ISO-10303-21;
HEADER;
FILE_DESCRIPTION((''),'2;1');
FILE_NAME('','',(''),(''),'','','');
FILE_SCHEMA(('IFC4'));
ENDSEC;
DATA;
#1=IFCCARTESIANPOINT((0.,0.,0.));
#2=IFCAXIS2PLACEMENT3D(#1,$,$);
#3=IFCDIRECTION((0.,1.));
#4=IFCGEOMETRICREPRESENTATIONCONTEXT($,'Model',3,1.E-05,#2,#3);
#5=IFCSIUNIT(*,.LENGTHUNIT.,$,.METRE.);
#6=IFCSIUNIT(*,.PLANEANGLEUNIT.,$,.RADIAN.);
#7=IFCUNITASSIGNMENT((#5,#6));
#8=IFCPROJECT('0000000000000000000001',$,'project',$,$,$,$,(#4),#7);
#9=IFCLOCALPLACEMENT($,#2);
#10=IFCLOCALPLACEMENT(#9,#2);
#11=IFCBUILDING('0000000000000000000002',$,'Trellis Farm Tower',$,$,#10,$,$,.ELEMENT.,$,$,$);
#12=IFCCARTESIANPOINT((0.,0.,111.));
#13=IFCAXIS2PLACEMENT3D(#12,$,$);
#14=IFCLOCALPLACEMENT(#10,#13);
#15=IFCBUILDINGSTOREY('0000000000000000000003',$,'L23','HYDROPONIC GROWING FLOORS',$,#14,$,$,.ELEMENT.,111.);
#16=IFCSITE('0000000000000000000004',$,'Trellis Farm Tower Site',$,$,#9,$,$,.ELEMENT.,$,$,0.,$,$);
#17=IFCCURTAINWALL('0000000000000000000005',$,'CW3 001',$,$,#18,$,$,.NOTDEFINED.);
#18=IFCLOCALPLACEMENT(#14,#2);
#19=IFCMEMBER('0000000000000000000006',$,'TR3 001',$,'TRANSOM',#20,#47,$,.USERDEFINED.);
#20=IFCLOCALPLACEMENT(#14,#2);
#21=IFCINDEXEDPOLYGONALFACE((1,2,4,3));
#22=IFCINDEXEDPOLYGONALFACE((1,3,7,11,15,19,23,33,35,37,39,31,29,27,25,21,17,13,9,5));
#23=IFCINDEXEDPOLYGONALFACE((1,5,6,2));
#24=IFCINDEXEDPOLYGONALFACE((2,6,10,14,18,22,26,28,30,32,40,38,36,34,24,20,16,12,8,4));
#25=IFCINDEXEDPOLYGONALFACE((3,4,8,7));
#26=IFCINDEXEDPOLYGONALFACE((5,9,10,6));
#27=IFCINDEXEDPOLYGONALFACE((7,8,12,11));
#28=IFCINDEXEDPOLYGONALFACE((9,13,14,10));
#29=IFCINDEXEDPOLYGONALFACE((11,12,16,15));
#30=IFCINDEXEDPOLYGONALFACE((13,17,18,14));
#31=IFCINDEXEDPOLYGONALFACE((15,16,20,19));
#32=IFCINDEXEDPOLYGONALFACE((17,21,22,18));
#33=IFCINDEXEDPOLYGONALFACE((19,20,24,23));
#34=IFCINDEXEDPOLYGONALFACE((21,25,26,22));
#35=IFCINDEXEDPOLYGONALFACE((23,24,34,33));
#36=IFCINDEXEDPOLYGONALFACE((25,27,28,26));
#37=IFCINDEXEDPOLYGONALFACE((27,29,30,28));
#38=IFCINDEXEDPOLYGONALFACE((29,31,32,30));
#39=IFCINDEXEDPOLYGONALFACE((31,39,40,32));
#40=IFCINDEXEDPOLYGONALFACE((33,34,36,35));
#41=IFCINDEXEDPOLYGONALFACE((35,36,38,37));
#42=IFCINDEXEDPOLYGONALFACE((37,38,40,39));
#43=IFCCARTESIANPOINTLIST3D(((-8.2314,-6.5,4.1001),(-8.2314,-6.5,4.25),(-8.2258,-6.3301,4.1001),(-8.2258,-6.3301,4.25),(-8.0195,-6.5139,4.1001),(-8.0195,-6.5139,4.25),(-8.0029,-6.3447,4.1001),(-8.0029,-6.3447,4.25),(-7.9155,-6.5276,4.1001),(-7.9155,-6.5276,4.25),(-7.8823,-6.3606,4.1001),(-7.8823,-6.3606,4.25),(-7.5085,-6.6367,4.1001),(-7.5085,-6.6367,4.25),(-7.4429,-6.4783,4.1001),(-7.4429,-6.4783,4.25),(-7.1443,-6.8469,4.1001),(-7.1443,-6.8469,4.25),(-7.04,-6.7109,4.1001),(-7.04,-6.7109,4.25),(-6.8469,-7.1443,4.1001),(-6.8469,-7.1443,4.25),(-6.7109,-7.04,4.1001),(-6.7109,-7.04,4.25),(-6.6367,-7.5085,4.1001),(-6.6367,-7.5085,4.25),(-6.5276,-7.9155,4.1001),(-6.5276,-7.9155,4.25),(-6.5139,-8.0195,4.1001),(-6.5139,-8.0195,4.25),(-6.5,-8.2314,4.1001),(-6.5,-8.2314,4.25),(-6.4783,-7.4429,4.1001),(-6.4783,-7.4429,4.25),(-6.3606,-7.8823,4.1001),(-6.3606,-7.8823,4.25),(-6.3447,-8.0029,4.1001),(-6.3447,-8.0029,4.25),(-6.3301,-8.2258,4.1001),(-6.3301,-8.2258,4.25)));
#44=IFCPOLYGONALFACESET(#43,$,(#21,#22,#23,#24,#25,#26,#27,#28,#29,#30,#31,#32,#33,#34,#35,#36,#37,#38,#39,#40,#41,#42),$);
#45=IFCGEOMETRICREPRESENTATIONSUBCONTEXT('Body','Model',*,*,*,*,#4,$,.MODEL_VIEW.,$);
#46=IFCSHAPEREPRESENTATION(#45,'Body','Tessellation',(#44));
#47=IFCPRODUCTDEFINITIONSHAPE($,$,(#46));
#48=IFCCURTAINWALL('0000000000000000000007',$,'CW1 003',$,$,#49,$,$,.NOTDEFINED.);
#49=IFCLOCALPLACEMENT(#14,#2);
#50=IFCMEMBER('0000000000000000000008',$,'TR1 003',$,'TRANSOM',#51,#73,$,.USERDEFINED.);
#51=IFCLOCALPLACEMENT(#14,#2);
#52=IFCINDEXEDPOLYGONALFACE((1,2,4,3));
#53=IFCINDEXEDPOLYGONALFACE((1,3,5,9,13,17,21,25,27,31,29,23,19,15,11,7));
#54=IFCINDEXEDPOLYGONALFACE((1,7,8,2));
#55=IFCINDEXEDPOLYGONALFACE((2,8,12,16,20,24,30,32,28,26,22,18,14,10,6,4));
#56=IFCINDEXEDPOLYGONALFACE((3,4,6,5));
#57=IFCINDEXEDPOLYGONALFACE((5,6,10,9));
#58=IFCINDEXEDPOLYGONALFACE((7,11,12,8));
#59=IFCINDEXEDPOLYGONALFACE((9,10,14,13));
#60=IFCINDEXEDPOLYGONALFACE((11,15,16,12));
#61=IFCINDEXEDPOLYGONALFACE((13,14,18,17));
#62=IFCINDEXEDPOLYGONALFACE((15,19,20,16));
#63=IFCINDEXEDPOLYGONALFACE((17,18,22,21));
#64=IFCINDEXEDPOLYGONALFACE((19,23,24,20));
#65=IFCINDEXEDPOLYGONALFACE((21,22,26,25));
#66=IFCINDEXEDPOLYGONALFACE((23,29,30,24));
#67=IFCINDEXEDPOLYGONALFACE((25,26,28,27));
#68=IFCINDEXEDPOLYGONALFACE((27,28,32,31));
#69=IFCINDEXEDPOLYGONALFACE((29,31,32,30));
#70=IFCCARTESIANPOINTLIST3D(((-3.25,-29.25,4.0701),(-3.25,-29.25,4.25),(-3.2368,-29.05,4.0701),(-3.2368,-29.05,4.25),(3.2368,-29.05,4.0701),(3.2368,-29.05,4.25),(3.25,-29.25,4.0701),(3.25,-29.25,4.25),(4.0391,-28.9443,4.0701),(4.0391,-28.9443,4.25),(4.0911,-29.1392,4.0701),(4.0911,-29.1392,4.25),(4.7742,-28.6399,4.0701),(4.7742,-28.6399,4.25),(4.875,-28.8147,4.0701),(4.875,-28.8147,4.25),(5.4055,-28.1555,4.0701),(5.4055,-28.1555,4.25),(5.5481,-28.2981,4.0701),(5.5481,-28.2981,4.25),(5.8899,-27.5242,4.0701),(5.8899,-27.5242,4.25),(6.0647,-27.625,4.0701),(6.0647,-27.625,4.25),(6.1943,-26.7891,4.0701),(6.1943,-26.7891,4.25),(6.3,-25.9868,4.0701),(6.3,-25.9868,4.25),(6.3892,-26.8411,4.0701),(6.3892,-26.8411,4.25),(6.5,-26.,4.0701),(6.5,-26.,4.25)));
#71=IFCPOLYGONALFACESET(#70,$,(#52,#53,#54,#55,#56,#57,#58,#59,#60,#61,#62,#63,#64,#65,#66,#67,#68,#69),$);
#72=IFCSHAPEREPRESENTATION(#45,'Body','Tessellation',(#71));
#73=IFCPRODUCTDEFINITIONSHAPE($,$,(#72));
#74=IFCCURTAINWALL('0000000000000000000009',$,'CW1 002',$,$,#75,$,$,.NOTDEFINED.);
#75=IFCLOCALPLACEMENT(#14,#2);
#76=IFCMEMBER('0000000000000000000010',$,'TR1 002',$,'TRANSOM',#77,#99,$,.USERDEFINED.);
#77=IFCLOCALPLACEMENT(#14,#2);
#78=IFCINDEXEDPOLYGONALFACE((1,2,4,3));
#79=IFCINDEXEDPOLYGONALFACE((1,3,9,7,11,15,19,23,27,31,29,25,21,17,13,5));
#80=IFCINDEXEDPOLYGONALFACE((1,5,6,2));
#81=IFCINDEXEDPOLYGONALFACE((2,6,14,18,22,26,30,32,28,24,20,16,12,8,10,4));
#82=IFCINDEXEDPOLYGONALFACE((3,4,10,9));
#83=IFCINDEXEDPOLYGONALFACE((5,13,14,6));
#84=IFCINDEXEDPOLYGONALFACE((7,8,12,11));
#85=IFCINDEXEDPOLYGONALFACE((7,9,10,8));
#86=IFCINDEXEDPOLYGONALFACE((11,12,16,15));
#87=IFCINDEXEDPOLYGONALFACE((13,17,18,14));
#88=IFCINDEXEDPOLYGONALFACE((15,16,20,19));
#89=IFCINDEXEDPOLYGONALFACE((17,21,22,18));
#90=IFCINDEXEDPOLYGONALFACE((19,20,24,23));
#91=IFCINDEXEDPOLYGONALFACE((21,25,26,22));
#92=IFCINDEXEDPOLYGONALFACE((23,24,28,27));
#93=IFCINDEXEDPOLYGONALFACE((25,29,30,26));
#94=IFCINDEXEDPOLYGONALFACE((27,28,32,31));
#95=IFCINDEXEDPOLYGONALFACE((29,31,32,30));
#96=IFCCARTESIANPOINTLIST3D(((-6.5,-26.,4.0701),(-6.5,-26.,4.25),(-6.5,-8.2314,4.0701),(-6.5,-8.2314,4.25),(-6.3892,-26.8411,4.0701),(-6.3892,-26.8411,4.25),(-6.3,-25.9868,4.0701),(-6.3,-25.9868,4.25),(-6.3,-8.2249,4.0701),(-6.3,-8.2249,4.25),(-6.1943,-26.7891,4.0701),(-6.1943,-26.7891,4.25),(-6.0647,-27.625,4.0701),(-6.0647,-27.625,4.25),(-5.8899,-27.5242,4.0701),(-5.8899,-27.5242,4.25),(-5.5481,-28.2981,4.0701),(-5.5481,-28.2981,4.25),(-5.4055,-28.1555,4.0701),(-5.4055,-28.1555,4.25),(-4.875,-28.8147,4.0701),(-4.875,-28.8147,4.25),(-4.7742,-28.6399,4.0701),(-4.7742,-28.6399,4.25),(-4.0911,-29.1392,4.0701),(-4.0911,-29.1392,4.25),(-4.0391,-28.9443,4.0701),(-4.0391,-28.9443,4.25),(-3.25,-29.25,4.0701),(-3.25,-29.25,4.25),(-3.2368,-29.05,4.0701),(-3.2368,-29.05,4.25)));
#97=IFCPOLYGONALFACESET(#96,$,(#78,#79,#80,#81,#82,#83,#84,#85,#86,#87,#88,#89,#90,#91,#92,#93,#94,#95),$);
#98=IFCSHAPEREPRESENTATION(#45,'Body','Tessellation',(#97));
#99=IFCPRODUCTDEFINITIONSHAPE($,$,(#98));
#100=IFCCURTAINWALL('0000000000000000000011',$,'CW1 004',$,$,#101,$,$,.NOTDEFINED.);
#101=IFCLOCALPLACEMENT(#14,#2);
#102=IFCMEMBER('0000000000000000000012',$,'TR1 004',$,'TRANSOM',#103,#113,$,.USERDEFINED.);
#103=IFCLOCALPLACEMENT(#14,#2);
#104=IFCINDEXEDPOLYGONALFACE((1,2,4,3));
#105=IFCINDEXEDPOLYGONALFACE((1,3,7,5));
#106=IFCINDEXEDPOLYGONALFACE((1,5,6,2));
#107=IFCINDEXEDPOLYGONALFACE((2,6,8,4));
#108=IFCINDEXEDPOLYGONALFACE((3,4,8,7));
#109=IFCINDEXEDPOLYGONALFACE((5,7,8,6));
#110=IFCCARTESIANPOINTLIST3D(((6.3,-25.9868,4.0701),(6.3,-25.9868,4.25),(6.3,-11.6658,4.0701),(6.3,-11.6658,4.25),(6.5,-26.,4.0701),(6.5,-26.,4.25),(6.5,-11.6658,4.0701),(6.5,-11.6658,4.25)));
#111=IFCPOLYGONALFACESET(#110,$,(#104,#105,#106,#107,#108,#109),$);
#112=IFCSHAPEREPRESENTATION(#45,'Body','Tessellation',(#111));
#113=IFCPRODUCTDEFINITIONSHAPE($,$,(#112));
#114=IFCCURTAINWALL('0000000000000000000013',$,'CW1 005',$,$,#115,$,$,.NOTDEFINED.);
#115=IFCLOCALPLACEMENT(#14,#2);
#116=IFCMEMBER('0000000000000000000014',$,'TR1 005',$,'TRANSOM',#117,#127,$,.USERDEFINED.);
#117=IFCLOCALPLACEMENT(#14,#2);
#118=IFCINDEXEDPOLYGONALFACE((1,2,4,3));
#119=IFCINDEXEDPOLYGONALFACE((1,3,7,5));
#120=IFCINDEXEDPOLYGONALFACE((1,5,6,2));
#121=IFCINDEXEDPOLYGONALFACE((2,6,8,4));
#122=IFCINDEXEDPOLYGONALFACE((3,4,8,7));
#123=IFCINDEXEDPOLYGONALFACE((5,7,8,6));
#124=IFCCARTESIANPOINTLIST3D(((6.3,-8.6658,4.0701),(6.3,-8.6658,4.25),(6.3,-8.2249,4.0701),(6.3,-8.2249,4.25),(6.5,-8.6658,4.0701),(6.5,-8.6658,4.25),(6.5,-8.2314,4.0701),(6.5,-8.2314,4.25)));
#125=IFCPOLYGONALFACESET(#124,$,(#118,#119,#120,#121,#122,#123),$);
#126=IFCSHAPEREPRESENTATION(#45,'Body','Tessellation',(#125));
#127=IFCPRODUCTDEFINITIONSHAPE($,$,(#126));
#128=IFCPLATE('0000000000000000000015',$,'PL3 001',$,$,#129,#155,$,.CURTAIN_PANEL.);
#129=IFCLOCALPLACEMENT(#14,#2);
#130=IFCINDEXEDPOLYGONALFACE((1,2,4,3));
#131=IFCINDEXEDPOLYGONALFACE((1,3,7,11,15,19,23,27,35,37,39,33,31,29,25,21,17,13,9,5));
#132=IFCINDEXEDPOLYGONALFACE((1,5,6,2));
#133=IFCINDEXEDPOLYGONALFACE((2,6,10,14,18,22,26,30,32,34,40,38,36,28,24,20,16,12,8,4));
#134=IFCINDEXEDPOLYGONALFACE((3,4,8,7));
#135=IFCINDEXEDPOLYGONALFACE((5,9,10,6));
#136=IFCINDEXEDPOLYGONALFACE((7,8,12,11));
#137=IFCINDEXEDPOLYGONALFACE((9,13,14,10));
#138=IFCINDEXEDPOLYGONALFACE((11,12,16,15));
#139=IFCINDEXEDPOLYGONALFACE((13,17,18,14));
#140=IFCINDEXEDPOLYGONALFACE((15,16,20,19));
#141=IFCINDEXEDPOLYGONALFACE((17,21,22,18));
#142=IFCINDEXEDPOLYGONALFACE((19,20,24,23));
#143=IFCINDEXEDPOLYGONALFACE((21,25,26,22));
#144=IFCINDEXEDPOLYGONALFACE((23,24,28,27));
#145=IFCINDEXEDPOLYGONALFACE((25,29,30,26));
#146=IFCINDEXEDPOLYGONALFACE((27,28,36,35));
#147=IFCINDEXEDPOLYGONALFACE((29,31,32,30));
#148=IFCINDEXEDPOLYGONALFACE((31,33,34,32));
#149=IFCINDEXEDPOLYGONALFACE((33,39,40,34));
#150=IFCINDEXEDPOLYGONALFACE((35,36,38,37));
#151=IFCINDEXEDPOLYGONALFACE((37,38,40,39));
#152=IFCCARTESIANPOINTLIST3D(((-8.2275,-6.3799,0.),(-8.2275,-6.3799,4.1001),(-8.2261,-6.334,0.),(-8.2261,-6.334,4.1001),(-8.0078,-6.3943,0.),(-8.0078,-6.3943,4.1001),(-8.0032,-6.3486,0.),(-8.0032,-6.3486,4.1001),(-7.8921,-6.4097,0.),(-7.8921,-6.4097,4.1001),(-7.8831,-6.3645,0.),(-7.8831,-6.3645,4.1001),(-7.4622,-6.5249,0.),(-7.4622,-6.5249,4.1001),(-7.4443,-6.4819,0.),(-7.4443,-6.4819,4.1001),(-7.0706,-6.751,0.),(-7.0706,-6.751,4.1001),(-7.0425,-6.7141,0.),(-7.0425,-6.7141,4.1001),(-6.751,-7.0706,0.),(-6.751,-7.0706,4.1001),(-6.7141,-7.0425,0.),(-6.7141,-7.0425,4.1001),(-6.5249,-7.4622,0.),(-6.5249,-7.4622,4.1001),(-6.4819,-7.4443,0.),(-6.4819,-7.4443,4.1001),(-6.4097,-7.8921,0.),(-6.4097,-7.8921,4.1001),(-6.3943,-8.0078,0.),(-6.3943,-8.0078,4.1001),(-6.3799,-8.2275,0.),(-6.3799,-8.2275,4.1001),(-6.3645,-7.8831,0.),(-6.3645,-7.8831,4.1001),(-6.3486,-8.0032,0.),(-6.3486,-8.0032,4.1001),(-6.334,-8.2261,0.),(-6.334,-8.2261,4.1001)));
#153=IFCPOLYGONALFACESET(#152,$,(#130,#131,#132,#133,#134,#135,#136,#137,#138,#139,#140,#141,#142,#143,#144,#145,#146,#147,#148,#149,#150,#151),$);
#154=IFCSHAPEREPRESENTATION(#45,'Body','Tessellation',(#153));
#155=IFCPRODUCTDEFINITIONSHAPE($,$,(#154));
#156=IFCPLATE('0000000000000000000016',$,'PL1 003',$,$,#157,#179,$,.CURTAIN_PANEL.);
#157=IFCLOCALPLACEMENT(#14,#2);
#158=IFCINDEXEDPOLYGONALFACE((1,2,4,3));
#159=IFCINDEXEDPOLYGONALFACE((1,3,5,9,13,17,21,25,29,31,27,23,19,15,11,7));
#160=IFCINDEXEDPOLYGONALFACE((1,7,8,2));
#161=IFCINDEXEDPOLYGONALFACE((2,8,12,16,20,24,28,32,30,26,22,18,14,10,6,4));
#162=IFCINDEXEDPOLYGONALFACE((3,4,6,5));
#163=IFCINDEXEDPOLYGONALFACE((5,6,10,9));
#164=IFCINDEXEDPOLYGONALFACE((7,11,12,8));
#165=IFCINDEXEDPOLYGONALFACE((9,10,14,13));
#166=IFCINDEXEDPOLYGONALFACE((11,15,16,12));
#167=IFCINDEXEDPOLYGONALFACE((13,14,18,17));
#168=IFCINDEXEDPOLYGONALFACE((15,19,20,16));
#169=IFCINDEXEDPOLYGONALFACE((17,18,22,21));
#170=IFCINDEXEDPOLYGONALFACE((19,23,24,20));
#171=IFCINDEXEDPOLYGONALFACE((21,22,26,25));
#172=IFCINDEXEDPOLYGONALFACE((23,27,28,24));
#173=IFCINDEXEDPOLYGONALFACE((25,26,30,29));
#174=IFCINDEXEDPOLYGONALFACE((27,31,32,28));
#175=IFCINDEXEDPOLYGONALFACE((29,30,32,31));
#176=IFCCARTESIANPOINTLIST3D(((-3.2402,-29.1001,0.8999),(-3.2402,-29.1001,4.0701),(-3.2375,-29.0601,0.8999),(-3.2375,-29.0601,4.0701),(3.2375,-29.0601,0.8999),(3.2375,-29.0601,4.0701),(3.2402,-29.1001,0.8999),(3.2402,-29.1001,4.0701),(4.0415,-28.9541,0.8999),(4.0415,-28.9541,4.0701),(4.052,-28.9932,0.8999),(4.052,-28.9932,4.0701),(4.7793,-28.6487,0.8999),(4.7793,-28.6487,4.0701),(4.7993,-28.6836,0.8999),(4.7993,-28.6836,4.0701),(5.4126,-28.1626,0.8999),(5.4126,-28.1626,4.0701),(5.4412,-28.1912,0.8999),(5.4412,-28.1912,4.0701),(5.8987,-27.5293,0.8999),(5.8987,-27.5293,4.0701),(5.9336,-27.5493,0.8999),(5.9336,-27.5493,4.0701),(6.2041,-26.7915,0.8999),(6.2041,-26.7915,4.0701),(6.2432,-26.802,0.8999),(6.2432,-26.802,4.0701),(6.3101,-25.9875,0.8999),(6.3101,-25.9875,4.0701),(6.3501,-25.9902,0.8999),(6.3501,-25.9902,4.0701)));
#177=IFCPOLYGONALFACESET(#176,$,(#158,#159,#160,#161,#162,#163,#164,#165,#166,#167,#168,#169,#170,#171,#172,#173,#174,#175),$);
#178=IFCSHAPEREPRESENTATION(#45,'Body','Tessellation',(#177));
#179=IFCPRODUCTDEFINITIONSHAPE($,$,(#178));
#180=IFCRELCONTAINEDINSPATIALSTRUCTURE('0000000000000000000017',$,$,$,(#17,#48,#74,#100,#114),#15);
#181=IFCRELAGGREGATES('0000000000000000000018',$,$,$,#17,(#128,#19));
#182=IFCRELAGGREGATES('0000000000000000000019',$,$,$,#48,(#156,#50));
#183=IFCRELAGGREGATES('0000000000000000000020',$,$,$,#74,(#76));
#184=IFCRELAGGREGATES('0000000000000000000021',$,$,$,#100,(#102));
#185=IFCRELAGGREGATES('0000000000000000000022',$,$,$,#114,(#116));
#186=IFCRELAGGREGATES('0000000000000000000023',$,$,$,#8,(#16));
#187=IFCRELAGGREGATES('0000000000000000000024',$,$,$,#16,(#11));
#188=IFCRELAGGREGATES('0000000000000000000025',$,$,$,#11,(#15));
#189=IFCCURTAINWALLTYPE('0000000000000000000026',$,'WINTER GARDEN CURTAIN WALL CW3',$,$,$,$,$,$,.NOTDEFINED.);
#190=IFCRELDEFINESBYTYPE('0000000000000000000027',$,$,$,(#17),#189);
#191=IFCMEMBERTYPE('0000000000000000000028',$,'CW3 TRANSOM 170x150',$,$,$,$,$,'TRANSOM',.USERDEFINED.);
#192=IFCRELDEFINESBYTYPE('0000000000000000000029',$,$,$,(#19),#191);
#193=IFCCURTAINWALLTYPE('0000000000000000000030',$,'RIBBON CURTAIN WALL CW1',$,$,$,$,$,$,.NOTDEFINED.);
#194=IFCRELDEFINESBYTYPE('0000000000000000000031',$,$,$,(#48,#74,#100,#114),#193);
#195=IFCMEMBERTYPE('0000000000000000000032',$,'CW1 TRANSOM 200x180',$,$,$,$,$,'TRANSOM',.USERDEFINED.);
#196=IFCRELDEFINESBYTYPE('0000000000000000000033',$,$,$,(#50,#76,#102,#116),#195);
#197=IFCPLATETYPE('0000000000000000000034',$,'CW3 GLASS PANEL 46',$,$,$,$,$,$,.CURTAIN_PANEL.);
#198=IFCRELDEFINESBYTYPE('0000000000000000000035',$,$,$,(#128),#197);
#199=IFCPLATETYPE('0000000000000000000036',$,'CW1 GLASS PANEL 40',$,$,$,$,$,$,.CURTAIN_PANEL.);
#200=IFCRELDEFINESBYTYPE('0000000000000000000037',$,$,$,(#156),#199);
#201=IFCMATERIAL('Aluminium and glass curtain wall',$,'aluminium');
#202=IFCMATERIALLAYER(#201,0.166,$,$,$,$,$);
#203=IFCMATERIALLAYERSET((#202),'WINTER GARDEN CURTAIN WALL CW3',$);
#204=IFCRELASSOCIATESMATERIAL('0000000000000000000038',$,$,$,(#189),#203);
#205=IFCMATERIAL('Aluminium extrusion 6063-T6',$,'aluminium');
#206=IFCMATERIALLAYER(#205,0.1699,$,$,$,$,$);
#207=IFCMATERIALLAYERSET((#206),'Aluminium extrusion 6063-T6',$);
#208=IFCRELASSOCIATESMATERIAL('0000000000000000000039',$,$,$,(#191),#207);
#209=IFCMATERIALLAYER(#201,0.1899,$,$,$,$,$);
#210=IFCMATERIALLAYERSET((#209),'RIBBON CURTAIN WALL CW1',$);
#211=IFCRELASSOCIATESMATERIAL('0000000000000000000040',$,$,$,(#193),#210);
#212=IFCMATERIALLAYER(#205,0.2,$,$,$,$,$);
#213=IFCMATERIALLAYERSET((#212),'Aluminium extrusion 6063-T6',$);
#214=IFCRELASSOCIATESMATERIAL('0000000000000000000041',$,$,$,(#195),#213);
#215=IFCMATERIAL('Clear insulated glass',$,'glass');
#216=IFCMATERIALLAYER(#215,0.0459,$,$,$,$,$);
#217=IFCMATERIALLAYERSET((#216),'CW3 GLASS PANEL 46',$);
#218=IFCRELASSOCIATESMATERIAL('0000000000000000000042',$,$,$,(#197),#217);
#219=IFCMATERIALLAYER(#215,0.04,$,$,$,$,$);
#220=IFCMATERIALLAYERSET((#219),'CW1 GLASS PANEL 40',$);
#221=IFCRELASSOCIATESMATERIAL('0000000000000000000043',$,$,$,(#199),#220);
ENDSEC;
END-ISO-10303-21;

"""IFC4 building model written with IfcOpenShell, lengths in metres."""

from ifc_helpers import new_model, si_unit, direction, frame, origin, place, context, subcontext, project, spatial, polyline, outline, extrude, source, transform, mapped, material, layer, layer_set, type_object, element, aggregate, save


model = new_model("IFC4")

# Units and contexts
model_context = context("Model", 3, precision=1e-05, world=origin(), true_north=direction((0.0, 1.0)))
body_context = subcontext(model_context, "Body", "Model", "MODEL_VIEW")
ifc_project = project(units=[si_unit("LENGTHUNIT", "METRE"), si_unit("PLANEANGLEUNIT", "RADIAN")], contexts=[model_context])

# Site, building, storey
site_placement = place(None, origin())
site = spatial("IfcSite", under=ifc_project, at=site_placement, Name="Trellis Farm Tower Site", CompositionType="ELEMENT", RefElevation=0.0)
building_placement = place(site_placement, origin())
building = spatial("IfcBuilding", under=site, at=building_placement, Name="Trellis Farm Tower", CompositionType="ELEMENT")
storey_placement = place(building_placement, frame((0.0, 0.0, 111.0)))
storey = spatial("IfcBuildingStorey", under=building, at=storey_placement, Name="L23", Description="HYDROPONIC GROWING FLOORS", CompositionType="ELEMENT", Elevation=111.0)

# Curtain walls, members
ifc_material_1 = material(Name="Aluminium and glass curtain wall", Category="aluminium")
ifc_layer_1 = layer(ifc_material_1, 0.166)
ifc_layer_set_1 = layer_set([ifc_layer_1], Name="WINTER GARDEN CURTAIN WALL CW3")
curtain_wall_type_1 = type_object("IfcCurtainWallType", Name="WINTER GARDEN CURTAIN WALL CW3", PredefinedType="NOTDEFINED", material=ifc_layer_set_1)
placement_1 = place(storey_placement, origin())
curtain_wall_1 = element("IfcCurtainWall", 1, at=placement_1, inside=storey, type_object=curtain_wall_type_1, Name="CW3 001", PredefinedType="NOTDEFINED")
ifc_material_2 = material(Name="Aluminium extrusion 6063-T6", Category="aluminium")
ifc_layer_2 = layer(ifc_material_2, 0.1699)
ifc_layer_set_2 = layer_set([ifc_layer_2], Name="Aluminium extrusion 6063-T6")
member_type_1 = type_object("IfcMemberType", Name="CW3 TRANSOM 170x150", ElementType="TRANSOM", PredefinedType="USERDEFINED", material=ifc_layer_set_2)
shared_shape_1 = source(origin(), body_context, "Body", "SweptSolid", [
    extrude(outline(polyline([(-8.2314, -6.5), (-8.0195, -6.5139), (-7.9155, -6.5276), (-7.5085, -6.6367), (-7.1443, -6.8469), (-6.8469, -7.1443), (-6.6367, -7.5085), (-6.5276, -7.9155), (-6.5139, -8.0195), (-6.5, -8.2314), (-6.3301, -8.2258), (-6.3447, -8.0029), (-6.3606, -7.8823), (-6.4783, -7.4429), (-6.7109, -7.04), (-7.04, -6.7109), (-7.4429, -6.4783), (-7.8823, -6.3606), (-8.0029, -6.3447), (-8.2258, -6.3301), (-8.2314, -6.5)])), origin(), (0.0, 0.0, 1.0), 0.1499),
])
member_1_placement = place(storey_placement, frame((0.0, 0.0, 4.1001)))
member_1 = element("IfcMember", 2, at=member_1_placement, type_object=member_type_1, Name="TR3 001", ObjectType="TRANSOM", PredefinedType="USERDEFINED", context=body_context, shape_type="MappedRepresentation", body=[
    mapped(shared_shape_1, transform((0.0, 0.0, 0.0))),
])
ifc_layer_3 = layer(ifc_material_1, 0.1899)
ifc_layer_set_3 = layer_set([ifc_layer_3], Name="RIBBON CURTAIN WALL CW1")
curtain_wall_type_2 = type_object("IfcCurtainWallType", Name="RIBBON CURTAIN WALL CW1", PredefinedType="NOTDEFINED", material=ifc_layer_set_3)
curtain_wall_2 = element("IfcCurtainWall", 3, at=placement_1, inside=storey, type_object=curtain_wall_type_2, Name="CW1 003", PredefinedType="NOTDEFINED")
ifc_layer_4 = layer(ifc_material_2, 0.2)
ifc_layer_set_4 = layer_set([ifc_layer_4], Name="Aluminium extrusion 6063-T6")
member_type_2 = type_object("IfcMemberType", Name="CW1 TRANSOM 200x180", ElementType="TRANSOM", PredefinedType="USERDEFINED", material=ifc_layer_set_4)
shared_shape_2 = source(origin(), body_context, "Body", "SweptSolid", [
    extrude(outline(polyline([(-3.25, -29.25), (3.25, -29.25), (4.0911, -29.1392), (4.875, -28.8147), (5.5481, -28.2981), (6.0647, -27.625), (6.3892, -26.8411), (6.5, -26.0), (6.3, -25.9868), (6.1943, -26.7891), (5.8899, -27.5242), (5.4055, -28.1555), (4.7742, -28.6399), (4.0391, -28.9443), (3.2368, -29.05), (-3.2368, -29.05), (-3.25, -29.25)])), origin(), (0.0, 0.0, 1.0), 0.1799),
])
placement_2 = place(storey_placement, frame((0.0, 0.0, 4.0701)))
member_2 = element("IfcMember", 4, at=placement_2, type_object=member_type_2, Name="TR1 003", ObjectType="TRANSOM", PredefinedType="USERDEFINED", context=body_context, shape_type="MappedRepresentation", body=[
    mapped(shared_shape_2, transform((0.0, 0.0, 0.0))),
])
curtain_wall_3 = element("IfcCurtainWall", 5, at=placement_1, inside=storey, type_object=curtain_wall_type_2, Name="CW1 002", PredefinedType="NOTDEFINED")
shared_shape_3 = source(origin(), body_context, "Body", "SweptSolid", [
    extrude(outline(polyline([(-6.5, -8.2314), (-6.5, -26.0), (-6.3892, -26.8411), (-6.0647, -27.625), (-5.5481, -28.2981), (-4.875, -28.8147), (-4.0911, -29.1392), (-3.25, -29.25), (-3.2368, -29.05), (-4.0391, -28.9443), (-4.7742, -28.6399), (-5.4055, -28.1555), (-5.8899, -27.5242), (-6.1943, -26.7891), (-6.3, -25.9868), (-6.3, -8.2249), (-6.5, -8.2314)])), origin(), (0.0, 0.0, 1.0), 0.1799),
])
member_3 = element("IfcMember", 6, at=placement_2, type_object=member_type_2, Name="TR1 002", ObjectType="TRANSOM", PredefinedType="USERDEFINED", context=body_context, shape_type="MappedRepresentation", body=[
    mapped(shared_shape_3, transform((0.0, 0.0, 0.0))),
])
curtain_wall_4 = element("IfcCurtainWall", 7, at=placement_1, inside=storey, type_object=curtain_wall_type_2, Name="CW1 004", PredefinedType="NOTDEFINED")
shared_shape_4 = source(origin(), body_context, "Body", "SweptSolid", [
    extrude(outline(polyline([(6.5, -26.0), (6.5, -11.6658), (6.3, -11.6658), (6.3, -25.9868), (6.5, -26.0)])), origin(), (0.0, 0.0, 1.0), 0.1799),
])
member_4 = element("IfcMember", 8, at=placement_2, type_object=member_type_2, Name="TR1 004", ObjectType="TRANSOM", PredefinedType="USERDEFINED", context=body_context, shape_type="MappedRepresentation", body=[
    mapped(shared_shape_4, transform((0.0, 0.0, 0.0))),
])
curtain_wall_5 = element("IfcCurtainWall", 9, at=placement_1, inside=storey, type_object=curtain_wall_type_2, Name="CW1 005", PredefinedType="NOTDEFINED")
shared_shape_5 = source(origin(), body_context, "Body", "SweptSolid", [
    extrude(outline(polyline([(6.5, -8.6658), (6.5, -8.2314), (6.3, -8.2249), (6.3, -8.6658), (6.5, -8.6658)])), origin(), (0.0, 0.0, 1.0), 0.1799),
])
member_5 = element("IfcMember", 10, at=placement_2, type_object=member_type_2, Name="TR1 005", ObjectType="TRANSOM", PredefinedType="USERDEFINED", context=body_context, shape_type="MappedRepresentation", body=[
    mapped(shared_shape_5, transform((0.0, 0.0, 0.0))),
])

# Plates
ifc_material_3 = material(Name="Clear insulated glass", Category="glass")
ifc_layer_5 = layer(ifc_material_3, 0.0459)
ifc_layer_set_5 = layer_set([ifc_layer_5], Name="CW3 GLASS PANEL 46")
plate_type_1 = type_object("IfcPlateType", Name="CW3 GLASS PANEL 46", PredefinedType="CURTAIN_PANEL", material=ifc_layer_set_5)
shared_shape_6 = source(origin(), body_context, "Body", "SweptSolid", [
    extrude(outline(polyline([(-8.2275, -6.3799), (-8.0078, -6.3943), (-7.8921, -6.4097), (-7.4622, -6.5249), (-7.0706, -6.751), (-6.751, -7.0706), (-6.5249, -7.4622), (-6.4097, -7.8921), (-6.3943, -8.0078), (-6.3799, -8.2275), (-6.334, -8.2261), (-6.3486, -8.0032), (-6.3645, -7.8831), (-6.4819, -7.4443), (-6.7141, -7.0425), (-7.0425, -6.7141), (-7.4443, -6.4819), (-7.8831, -6.3645), (-8.0032, -6.3486), (-8.2261, -6.334), (-8.2275, -6.3799)])), origin(), (0.0, 0.0, 1.0), 4.1001),
])
plate_1 = element("IfcPlate", 11, at=placement_1, type_object=plate_type_1, Name="PL3 001", PredefinedType="CURTAIN_PANEL", context=body_context, shape_type="MappedRepresentation", body=[
    mapped(shared_shape_6, transform((0.0, 0.0, 0.0))),
])
aggregate(curtain_wall_1, [plate_1, member_1])
ifc_layer_6 = layer(ifc_material_3, 0.04)
ifc_layer_set_6 = layer_set([ifc_layer_6], Name="CW1 GLASS PANEL 40")
plate_type_2 = type_object("IfcPlateType", Name="CW1 GLASS PANEL 40", PredefinedType="CURTAIN_PANEL", material=ifc_layer_set_6)
shared_shape_7 = source(origin(), body_context, "Body", "SweptSolid", [
    extrude(outline(polyline([(-3.2402, -29.1001), (3.2402, -29.1001), (4.052, -28.9932), (4.7993, -28.6836), (5.4412, -28.1912), (5.9336, -27.5493), (6.2432, -26.802), (6.3501, -25.9902), (6.3101, -25.9875), (6.2041, -26.7915), (5.8987, -27.5293), (5.4126, -28.1626), (4.7793, -28.6487), (4.0415, -28.9541), (3.2375, -29.0601), (-3.2375, -29.0601), (-3.2402, -29.1001)])), origin(), (0.0, 0.0, 1.0), 3.1702),
])
placement_3 = place(storey_placement, frame((0.0, 0.0, 0.8999)))
plate_2 = element("IfcPlate", 12, at=placement_3, type_object=plate_type_2, Name="PL1 003", PredefinedType="CURTAIN_PANEL", context=body_context, shape_type="MappedRepresentation", body=[
    mapped(shared_shape_7, transform((0.0, 0.0, 0.0))),
])
aggregate(curtain_wall_2, [plate_2, member_2])
aggregate(curtain_wall_3, [member_3])
aggregate(curtain_wall_4, [member_4])
aggregate(curtain_wall_5, [member_5])

save(model, "model.ifc")
